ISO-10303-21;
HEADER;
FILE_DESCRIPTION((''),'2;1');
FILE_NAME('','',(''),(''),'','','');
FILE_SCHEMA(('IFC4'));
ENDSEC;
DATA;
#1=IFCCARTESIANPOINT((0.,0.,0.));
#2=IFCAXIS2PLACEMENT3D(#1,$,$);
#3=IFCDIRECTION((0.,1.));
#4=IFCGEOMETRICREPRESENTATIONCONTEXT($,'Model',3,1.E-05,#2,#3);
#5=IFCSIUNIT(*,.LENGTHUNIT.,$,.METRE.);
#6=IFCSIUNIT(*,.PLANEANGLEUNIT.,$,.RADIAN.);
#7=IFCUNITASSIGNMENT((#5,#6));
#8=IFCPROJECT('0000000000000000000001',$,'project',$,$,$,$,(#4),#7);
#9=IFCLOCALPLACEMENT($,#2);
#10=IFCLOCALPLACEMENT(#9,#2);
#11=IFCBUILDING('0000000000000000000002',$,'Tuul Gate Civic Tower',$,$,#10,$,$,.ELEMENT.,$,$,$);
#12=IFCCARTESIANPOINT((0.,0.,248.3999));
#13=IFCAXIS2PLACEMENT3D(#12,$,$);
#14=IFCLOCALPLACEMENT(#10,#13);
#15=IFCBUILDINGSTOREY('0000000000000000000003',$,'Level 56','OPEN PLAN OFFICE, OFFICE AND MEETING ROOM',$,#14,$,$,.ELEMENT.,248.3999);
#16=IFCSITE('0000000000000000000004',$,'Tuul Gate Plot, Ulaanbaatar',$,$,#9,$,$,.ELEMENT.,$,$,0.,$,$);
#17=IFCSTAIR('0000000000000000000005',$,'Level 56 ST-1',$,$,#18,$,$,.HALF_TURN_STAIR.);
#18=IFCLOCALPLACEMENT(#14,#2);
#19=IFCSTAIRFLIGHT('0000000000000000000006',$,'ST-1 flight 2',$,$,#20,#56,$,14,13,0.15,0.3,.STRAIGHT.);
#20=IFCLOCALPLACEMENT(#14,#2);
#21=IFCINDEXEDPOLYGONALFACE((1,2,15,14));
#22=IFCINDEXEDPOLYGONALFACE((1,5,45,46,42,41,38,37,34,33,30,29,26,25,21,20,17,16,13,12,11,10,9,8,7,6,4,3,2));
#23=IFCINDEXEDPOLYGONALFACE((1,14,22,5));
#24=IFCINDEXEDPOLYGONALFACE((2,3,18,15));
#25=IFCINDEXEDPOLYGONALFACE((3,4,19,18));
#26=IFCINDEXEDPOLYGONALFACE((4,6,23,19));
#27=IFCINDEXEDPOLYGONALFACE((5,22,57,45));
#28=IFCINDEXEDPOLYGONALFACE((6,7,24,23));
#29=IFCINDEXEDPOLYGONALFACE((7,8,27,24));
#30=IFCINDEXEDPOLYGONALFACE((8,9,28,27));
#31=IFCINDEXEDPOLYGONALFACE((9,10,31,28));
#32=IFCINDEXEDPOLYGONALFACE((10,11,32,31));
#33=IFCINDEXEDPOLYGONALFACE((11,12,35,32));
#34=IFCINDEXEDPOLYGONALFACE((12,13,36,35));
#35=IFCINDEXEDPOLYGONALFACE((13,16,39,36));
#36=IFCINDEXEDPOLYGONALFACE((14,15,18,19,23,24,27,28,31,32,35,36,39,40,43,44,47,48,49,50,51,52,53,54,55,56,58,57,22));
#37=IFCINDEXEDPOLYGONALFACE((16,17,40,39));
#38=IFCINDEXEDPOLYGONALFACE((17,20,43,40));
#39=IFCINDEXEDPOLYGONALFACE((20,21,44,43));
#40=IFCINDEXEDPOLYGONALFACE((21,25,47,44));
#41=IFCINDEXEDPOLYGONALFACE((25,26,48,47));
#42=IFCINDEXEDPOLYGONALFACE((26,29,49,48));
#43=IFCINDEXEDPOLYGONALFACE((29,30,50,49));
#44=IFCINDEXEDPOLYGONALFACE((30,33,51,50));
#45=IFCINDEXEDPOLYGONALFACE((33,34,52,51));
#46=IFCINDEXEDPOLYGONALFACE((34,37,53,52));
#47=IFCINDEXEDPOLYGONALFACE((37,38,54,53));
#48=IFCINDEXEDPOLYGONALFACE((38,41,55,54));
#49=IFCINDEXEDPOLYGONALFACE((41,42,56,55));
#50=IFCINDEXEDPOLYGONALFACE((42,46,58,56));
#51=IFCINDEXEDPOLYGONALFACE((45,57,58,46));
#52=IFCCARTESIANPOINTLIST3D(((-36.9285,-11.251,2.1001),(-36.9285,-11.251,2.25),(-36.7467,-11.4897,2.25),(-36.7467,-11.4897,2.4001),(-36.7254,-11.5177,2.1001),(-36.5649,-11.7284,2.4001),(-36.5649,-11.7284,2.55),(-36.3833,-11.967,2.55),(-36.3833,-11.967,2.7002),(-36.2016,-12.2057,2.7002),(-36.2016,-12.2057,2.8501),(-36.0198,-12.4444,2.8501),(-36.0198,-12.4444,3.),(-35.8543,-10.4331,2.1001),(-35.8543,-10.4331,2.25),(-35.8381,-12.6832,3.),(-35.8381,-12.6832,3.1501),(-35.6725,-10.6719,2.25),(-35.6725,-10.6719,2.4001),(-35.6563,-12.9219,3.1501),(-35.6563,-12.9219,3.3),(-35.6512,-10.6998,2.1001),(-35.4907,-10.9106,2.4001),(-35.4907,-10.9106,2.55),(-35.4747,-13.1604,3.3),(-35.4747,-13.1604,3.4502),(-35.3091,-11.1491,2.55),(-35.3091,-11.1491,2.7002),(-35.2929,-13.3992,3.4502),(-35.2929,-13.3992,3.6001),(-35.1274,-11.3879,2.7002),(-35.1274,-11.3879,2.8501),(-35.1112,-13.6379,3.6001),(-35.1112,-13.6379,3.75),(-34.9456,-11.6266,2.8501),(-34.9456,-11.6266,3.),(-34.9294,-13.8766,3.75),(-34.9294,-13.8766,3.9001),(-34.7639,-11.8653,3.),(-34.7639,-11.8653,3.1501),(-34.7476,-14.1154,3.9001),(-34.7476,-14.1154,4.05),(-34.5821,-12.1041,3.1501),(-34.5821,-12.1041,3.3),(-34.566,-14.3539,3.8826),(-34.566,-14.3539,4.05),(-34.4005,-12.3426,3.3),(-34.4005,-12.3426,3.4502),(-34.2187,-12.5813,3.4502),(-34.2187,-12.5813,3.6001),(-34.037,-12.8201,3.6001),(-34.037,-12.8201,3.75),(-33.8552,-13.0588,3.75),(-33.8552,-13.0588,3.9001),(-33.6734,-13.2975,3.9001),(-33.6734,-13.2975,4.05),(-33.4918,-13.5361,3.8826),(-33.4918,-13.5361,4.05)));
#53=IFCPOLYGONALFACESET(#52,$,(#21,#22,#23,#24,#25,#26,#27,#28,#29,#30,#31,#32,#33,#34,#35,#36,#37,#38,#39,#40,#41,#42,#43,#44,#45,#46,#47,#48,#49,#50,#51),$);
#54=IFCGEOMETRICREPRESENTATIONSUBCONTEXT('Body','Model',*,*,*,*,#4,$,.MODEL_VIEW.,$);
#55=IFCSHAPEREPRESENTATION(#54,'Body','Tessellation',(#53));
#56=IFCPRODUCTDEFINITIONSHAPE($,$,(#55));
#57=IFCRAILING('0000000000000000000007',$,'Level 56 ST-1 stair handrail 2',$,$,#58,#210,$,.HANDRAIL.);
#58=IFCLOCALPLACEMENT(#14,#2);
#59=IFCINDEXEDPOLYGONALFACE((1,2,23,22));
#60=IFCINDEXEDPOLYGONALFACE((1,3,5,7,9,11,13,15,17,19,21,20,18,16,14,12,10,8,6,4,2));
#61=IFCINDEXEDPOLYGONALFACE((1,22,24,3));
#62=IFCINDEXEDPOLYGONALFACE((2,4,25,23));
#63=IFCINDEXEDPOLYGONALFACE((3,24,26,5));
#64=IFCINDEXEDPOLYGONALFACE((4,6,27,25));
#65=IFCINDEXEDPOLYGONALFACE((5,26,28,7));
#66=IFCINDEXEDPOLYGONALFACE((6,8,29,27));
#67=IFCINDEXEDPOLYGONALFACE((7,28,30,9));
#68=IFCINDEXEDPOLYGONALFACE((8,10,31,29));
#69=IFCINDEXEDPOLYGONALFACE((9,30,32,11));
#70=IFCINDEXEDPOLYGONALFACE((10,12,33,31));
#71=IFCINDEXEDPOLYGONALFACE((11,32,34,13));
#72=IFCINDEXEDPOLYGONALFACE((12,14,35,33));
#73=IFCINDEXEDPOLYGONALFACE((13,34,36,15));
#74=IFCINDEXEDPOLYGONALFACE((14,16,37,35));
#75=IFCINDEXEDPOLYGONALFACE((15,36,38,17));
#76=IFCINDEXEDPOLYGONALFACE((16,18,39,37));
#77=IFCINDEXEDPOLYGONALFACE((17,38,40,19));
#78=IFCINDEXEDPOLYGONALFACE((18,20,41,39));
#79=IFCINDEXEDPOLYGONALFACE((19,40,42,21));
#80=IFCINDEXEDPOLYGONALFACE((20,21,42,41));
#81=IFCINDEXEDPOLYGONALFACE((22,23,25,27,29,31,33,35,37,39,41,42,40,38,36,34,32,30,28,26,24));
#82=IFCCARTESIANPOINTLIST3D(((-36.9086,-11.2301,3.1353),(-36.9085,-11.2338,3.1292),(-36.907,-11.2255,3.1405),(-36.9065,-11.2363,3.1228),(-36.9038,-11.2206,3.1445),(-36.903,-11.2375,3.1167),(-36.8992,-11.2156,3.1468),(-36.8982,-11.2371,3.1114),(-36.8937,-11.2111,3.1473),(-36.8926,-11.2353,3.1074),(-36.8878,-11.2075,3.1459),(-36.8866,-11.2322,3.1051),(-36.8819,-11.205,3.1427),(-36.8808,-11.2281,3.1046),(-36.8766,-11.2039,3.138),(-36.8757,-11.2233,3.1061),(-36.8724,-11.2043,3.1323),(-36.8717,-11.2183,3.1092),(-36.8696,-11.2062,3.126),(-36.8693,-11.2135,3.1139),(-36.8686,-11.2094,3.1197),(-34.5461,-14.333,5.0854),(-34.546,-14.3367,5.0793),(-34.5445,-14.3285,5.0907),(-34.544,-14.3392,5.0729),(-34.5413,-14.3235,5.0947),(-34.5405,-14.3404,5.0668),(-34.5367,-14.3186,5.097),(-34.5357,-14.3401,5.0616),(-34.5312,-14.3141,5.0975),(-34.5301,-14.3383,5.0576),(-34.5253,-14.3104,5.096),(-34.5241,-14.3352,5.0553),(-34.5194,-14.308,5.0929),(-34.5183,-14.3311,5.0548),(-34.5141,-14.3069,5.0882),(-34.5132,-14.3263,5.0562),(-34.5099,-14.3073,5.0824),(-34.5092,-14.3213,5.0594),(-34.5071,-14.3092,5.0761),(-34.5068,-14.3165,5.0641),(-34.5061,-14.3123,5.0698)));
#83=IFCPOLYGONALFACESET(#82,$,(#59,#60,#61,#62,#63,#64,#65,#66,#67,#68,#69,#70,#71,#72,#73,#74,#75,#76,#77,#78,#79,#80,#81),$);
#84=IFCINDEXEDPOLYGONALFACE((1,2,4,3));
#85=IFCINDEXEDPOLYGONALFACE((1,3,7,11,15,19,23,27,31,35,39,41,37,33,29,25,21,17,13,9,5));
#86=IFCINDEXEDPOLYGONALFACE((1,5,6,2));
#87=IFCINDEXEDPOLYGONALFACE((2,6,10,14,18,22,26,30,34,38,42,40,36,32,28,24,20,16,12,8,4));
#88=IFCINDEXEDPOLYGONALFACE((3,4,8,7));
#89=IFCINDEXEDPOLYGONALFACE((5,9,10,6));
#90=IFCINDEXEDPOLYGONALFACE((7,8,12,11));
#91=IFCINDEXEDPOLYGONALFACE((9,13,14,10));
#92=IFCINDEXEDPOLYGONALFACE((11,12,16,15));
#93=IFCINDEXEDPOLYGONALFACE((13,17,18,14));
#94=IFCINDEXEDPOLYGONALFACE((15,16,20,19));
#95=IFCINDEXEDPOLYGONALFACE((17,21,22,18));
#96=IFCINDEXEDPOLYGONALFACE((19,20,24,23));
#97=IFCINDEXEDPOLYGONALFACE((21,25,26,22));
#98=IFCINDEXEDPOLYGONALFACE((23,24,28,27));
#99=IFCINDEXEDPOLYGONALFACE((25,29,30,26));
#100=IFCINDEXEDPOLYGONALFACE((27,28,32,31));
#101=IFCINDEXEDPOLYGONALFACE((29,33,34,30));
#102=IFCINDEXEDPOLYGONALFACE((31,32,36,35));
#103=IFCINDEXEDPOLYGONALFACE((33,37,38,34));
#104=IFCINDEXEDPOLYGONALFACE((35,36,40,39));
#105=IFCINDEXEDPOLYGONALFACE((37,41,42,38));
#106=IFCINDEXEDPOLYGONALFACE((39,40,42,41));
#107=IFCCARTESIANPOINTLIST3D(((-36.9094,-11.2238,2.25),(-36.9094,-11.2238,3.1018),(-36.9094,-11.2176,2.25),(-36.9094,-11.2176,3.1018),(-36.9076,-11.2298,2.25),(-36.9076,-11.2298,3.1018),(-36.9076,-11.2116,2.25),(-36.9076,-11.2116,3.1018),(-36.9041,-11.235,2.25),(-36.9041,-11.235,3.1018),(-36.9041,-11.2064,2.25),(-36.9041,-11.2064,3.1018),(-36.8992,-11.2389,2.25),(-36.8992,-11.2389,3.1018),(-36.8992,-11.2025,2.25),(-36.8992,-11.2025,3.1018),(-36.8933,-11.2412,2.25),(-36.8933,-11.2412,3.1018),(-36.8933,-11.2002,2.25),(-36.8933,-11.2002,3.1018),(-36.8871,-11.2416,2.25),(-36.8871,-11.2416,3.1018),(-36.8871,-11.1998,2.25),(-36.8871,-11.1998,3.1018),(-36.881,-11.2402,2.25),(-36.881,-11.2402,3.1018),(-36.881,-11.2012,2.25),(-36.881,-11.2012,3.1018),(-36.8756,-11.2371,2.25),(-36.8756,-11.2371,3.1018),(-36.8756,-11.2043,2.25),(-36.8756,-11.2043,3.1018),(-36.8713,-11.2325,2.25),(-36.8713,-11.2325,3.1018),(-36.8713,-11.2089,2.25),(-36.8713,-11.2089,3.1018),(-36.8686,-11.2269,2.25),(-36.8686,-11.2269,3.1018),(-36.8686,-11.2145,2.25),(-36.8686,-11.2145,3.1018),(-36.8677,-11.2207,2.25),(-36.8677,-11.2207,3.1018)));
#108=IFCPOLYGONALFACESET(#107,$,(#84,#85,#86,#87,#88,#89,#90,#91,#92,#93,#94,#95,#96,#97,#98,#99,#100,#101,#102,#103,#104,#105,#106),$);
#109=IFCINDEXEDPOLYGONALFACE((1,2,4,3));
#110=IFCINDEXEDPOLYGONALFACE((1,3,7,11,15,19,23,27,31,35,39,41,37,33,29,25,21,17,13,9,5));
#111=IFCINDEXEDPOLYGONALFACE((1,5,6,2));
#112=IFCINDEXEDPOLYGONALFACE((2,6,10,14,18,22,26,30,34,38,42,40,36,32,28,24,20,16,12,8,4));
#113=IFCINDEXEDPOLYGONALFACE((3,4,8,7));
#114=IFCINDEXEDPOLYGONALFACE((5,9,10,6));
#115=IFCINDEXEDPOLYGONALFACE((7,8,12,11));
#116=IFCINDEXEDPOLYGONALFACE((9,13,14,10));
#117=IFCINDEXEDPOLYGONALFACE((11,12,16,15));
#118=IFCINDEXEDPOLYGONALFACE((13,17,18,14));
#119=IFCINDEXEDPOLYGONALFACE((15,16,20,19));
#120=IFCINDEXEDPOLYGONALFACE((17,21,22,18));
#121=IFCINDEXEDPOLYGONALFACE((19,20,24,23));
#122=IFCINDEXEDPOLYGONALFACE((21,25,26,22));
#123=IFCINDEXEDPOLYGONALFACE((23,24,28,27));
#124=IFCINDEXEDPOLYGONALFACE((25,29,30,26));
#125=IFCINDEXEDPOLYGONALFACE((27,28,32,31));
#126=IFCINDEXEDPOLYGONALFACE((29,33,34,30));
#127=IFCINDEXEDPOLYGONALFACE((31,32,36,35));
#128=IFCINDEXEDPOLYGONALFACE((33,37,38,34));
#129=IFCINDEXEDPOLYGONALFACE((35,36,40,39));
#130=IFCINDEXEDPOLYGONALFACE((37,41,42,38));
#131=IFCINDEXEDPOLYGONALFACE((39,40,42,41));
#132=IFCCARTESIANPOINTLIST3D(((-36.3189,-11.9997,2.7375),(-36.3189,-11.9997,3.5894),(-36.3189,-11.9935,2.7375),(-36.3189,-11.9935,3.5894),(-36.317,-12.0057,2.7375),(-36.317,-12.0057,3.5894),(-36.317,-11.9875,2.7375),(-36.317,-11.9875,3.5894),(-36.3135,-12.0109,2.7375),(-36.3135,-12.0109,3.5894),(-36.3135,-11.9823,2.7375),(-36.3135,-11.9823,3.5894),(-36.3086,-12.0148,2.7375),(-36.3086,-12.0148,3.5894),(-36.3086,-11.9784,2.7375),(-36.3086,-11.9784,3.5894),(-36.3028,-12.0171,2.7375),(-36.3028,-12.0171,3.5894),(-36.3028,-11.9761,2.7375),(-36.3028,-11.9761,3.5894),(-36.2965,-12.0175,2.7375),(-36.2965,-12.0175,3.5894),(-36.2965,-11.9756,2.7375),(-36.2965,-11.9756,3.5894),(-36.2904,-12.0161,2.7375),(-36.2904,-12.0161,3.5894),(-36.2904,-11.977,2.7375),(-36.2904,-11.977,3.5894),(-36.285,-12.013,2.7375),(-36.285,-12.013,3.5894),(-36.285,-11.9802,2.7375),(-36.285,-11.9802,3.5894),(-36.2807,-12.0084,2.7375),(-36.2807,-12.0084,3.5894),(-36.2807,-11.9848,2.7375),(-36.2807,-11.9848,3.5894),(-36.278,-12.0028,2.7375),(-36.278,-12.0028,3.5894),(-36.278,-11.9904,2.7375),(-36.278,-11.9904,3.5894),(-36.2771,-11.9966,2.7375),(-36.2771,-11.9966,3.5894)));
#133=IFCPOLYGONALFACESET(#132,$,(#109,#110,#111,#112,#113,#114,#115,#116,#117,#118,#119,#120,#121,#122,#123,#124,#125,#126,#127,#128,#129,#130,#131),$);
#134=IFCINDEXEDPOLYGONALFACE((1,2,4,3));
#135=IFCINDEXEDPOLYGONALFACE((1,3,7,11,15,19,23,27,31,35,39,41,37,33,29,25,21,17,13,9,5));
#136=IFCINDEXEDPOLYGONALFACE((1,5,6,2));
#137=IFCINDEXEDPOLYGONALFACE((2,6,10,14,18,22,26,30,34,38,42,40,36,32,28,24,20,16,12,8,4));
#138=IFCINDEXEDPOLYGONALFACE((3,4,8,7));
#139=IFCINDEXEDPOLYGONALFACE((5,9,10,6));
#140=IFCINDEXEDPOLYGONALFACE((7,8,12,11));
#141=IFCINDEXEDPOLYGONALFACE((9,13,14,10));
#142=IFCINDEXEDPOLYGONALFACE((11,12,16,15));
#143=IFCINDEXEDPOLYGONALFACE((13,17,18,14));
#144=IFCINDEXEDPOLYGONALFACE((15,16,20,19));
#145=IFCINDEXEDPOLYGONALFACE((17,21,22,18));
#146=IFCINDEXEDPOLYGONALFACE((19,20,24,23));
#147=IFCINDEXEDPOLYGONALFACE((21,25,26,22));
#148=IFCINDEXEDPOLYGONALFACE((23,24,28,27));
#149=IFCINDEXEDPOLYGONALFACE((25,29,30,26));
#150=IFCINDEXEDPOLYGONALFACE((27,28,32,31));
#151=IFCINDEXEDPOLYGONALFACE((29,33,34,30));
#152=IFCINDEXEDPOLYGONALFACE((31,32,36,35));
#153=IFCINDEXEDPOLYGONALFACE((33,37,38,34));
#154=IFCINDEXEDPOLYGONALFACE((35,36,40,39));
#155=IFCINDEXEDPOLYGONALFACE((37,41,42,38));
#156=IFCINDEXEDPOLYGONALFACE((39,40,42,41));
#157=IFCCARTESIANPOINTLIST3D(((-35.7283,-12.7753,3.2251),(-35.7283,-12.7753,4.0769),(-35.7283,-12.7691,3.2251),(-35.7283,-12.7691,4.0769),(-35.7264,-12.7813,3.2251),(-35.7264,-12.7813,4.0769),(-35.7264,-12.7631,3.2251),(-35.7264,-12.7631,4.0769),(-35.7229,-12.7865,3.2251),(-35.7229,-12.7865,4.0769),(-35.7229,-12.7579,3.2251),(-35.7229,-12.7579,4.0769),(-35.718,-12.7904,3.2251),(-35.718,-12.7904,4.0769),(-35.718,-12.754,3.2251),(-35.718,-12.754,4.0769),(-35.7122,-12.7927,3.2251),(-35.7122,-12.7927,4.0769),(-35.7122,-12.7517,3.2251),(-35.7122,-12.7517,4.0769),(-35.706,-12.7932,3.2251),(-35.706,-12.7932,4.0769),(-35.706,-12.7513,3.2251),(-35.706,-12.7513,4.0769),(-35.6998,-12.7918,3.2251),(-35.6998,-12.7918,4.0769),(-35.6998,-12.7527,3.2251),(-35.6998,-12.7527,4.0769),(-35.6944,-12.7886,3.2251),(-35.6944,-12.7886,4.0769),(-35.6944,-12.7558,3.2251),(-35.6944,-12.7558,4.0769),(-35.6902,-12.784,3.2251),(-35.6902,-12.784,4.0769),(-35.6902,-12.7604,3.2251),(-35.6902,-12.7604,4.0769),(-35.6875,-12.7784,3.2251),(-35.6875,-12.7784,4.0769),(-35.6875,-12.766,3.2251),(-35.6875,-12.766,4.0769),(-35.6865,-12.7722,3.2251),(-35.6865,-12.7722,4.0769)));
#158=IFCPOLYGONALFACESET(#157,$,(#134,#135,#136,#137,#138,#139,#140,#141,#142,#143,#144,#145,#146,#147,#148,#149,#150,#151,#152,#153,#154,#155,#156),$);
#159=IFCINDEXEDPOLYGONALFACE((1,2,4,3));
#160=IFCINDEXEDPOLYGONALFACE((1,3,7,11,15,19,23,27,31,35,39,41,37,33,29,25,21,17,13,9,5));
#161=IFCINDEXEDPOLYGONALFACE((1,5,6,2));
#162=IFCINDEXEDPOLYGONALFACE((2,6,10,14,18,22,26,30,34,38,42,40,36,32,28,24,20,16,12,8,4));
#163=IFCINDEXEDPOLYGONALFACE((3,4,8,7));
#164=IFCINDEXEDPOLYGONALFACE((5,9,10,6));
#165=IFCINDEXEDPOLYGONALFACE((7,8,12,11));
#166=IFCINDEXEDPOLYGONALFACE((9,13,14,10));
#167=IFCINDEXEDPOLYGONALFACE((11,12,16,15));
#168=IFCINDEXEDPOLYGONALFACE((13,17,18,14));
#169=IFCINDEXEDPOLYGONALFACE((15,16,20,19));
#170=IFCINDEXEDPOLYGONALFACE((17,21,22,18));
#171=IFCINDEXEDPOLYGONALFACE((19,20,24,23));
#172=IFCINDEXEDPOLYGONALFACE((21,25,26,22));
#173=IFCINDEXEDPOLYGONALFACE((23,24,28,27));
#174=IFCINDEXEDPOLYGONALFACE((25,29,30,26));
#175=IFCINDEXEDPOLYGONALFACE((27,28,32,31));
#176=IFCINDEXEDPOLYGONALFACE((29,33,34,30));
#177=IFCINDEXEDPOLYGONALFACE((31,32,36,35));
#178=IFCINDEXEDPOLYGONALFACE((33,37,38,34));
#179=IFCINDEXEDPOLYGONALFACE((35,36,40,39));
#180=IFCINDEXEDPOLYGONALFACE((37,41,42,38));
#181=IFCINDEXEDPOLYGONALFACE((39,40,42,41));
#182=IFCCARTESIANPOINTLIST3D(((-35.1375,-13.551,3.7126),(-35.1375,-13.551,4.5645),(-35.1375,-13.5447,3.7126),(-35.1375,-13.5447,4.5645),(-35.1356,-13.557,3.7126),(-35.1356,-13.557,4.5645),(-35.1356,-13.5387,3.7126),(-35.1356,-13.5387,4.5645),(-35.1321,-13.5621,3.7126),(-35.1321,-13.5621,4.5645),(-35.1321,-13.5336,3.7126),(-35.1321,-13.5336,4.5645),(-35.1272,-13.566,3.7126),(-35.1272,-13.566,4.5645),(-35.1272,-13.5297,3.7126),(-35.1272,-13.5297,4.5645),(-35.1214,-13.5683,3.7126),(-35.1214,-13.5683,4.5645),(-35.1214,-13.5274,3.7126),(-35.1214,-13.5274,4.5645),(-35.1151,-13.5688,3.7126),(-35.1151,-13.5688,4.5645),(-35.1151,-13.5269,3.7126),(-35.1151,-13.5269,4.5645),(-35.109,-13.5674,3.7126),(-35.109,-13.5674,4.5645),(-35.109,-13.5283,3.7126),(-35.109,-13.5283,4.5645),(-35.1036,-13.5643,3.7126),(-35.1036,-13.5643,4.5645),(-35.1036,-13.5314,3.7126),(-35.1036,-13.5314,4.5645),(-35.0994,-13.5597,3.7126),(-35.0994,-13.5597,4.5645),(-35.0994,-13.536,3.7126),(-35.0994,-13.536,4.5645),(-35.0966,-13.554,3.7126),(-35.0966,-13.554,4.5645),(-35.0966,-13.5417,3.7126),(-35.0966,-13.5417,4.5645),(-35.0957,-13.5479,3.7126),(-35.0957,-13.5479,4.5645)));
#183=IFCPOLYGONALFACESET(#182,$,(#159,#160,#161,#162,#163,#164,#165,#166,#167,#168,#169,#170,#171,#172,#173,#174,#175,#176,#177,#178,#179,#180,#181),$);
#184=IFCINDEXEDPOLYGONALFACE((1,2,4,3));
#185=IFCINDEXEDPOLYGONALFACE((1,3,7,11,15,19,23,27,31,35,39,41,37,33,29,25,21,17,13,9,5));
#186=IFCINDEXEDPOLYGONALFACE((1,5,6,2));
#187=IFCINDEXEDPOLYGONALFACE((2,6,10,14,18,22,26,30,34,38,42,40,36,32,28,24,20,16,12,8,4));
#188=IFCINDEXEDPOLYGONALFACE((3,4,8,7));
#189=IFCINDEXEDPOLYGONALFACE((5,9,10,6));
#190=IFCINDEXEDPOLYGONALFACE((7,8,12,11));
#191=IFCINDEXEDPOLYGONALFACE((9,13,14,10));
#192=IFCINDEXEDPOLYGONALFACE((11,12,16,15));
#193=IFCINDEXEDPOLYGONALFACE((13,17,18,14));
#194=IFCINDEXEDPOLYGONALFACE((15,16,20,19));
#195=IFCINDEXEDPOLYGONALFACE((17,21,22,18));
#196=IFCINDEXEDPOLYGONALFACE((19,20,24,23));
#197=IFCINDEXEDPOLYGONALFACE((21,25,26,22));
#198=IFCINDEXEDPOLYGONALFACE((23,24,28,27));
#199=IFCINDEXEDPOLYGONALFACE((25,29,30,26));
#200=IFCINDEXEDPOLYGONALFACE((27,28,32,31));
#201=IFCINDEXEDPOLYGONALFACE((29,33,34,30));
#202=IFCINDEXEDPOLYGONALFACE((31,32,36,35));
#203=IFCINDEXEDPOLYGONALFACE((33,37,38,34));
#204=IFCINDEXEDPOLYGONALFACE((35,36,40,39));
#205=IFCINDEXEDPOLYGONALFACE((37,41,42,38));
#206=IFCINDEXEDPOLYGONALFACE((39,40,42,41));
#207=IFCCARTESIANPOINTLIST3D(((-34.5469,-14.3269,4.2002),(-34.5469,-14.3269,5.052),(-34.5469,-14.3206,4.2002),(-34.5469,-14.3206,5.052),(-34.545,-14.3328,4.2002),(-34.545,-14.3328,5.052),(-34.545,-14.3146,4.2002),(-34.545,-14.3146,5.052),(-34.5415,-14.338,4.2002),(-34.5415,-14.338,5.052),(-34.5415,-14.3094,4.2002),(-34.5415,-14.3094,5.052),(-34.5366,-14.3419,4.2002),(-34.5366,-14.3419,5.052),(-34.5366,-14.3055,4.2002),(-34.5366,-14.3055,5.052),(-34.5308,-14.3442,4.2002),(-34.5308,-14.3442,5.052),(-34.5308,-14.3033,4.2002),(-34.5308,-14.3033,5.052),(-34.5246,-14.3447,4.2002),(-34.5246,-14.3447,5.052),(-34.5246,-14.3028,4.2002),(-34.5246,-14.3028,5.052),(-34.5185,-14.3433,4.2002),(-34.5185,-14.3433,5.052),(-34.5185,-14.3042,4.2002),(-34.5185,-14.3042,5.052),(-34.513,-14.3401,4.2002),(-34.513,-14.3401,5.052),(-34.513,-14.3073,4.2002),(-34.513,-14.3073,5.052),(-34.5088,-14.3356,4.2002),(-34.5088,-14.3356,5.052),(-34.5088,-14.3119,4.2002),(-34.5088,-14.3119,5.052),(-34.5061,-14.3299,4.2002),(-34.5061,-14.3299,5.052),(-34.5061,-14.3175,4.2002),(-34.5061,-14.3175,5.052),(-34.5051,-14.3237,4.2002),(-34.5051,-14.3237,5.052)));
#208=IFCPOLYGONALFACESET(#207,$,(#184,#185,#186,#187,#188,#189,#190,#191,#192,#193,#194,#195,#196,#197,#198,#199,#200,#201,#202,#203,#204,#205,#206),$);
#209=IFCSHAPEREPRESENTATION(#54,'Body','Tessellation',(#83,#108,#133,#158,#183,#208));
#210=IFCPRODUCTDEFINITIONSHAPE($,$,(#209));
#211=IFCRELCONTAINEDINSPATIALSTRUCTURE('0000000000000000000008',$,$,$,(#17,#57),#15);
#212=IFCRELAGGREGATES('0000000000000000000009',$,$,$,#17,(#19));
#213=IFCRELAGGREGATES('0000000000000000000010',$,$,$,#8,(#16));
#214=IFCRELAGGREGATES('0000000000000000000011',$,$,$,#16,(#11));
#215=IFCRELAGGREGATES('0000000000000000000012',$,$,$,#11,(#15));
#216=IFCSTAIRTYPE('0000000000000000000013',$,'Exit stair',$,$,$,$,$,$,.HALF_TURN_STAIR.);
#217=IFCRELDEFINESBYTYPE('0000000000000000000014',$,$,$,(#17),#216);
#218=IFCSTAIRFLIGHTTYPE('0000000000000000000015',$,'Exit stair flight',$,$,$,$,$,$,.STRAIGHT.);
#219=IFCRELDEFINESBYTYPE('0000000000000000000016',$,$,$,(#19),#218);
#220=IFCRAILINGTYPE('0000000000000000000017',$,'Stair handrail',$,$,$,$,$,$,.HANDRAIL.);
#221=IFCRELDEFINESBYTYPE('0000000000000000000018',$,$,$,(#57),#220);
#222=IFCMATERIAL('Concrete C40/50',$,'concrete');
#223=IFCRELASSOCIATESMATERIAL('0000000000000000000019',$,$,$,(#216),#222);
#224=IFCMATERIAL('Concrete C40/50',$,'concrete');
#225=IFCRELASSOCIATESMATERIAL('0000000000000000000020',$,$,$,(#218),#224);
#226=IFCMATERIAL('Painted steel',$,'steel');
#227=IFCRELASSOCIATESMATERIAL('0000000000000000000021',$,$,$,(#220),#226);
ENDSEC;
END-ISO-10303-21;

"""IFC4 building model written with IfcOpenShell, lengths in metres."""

from ifc_helpers import new_model, si_unit, direction, frame, origin, origin_2d, place, context, subcontext, project, spatial, polyline, circle, outline, extrude, material, type_object, element, aggregate, save


model = new_model("IFC4")

# Units and contexts
model_context = context("Model", 3, precision=1e-05, world=origin(), true_north=direction((0.0, 1.0)))
body_context = subcontext(model_context, "Body", "Model", "MODEL_VIEW")
ifc_project = project(units=[si_unit("LENGTHUNIT", "METRE"), si_unit("PLANEANGLEUNIT", "RADIAN")], contexts=[model_context])

# Site, building, storey
site_placement = place(None, origin())
site = spatial("IfcSite", under=ifc_project, at=site_placement, Name="Tuul Gate Plot, Ulaanbaatar", CompositionType="ELEMENT", RefElevation=0.0)
building_placement = place(site_placement, origin())
building = spatial("IfcBuilding", under=site, at=building_placement, Name="Tuul Gate Civic Tower", CompositionType="ELEMENT")
storey_placement = place(building_placement, frame((0.0, 0.0, 248.3999)))
storey = spatial("IfcBuildingStorey", under=building, at=storey_placement, Name="Level 56", Description="OPEN PLAN OFFICE, OFFICE AND MEETING ROOM", CompositionType="ELEMENT", Elevation=248.3999)

# Stair, stair flight
ifc_material_1 = material(Name="Concrete C40/50", Category="concrete")
stair_type = type_object("IfcStairType", Name="Exit stair", PredefinedType="HALF_TURN_STAIR", material=ifc_material_1)
stair_placement = place(storey_placement, origin())
stair = element("IfcStair", 1, at=stair_placement, inside=storey, type_object=stair_type, Name="Level 56 ST-1", PredefinedType="HALF_TURN_STAIR")
ifc_material_2 = material(Name="Concrete C40/50", Category="concrete")
stair_flight_type = type_object("IfcStairFlightType", Name="Exit stair flight", PredefinedType="STRAIGHT", material=ifc_material_2)
stair_flight_placement = place(storey_placement, frame((-36.3914, -10.842, 2.1001), z_axis=(0.0, 0.0, 1.0), x_axis=(0.605764, -0.795644, 0.0)))
stair_flight = element("IfcStairFlight", 2, at=stair_flight_placement, type_object=stair_flight_type, Name="ST-1 flight 2", NumberOfRisers=14, NumberOfTreads=13, PredefinedType="STRAIGHT", RiserHeight=0.15, TreadLength=0.3, context=body_context, shape_type="SweptSolid", body=[
    extrude(outline(polyline([(0.0, 0.0), (0.0, 0.1499), (0.3, 0.1499), (0.3, 0.3), (0.6001, 0.3), (0.6001, 0.45), (0.8999, 0.45), (0.8999, 0.6001), (1.2, 0.6001), (1.2, 0.75), (1.5, 0.75), (1.5, 0.8999), (1.8, 0.8999), (1.8, 1.05), (2.1001, 1.05), (2.1001, 1.2), (2.3999, 1.2), (2.3999, 1.3501), (2.7, 1.3501), (2.7, 1.5), (3.0, 1.5), (3.0, 1.6499), (3.3, 1.6499), (3.3, 1.8), (3.6001, 1.8), (3.6001, 1.95), (3.8999, 1.95), (3.8999, 2.1001), (3.8999, 1.7825), (0.3352, 0.0), (0.0, 0.0)])), frame((0.0, 0.675, 0.0), z_axis=(0.0, -1.0, 0.0), x_axis=(1.0, 0.0, 0.0)), (0.0, 0.0, 1.0), 1.3501),
])
aggregate(stair, [stair_flight])

# Railing
ifc_material_3 = material(Name="Painted steel", Category="steel")
railing_type = type_object("IfcRailingType", Name="Stair handrail", PredefinedType="HANDRAIL", material=ifc_material_3)
railing_placement = place(storey_placement, frame((-36.8887, -11.2207, 2.25)))
element("IfcRailing", 3, at=railing_placement, inside=storey, type_object=railing_type, Name="Level 56 ST-1 stair handrail 2", PredefinedType="HANDRAIL", context=body_context, shape_type="SweptSolid", body=[
    extrude(circle(Radius=0.0239, at=origin_2d()), frame((0.0, 0.0, 0.876), z_axis=(0.541811, -0.711627, 0.447245), x_axis=(0.795637, 0.605773, 0.0)), (0.0, 0.0, 1.0), 4.3604),
    extrude(circle(Radius=0.021, at=origin_2d()), origin(), (0.0, 0.0, 1.0), 0.8518),
    extrude(circle(Radius=0.021, at=origin_2d()), frame((0.5906, -0.7759, 0.4875)), (0.0, 0.0, 1.0), 0.8518),
    extrude(circle(Radius=0.021, at=origin_2d()), frame((1.1812, -1.5515, 0.9751)), (0.0, 0.0, 1.0), 0.8518),
    extrude(circle(Radius=0.021, at=origin_2d()), frame((1.772, -2.3271, 1.4626)), (0.0, 0.0, 1.0), 0.8518),
    extrude(circle(Radius=0.021, at=origin_2d()), frame((2.3625, -3.103, 1.9502)), (0.0, 0.0, 1.0), 0.8518),
])

save(model, "model.ifc")
